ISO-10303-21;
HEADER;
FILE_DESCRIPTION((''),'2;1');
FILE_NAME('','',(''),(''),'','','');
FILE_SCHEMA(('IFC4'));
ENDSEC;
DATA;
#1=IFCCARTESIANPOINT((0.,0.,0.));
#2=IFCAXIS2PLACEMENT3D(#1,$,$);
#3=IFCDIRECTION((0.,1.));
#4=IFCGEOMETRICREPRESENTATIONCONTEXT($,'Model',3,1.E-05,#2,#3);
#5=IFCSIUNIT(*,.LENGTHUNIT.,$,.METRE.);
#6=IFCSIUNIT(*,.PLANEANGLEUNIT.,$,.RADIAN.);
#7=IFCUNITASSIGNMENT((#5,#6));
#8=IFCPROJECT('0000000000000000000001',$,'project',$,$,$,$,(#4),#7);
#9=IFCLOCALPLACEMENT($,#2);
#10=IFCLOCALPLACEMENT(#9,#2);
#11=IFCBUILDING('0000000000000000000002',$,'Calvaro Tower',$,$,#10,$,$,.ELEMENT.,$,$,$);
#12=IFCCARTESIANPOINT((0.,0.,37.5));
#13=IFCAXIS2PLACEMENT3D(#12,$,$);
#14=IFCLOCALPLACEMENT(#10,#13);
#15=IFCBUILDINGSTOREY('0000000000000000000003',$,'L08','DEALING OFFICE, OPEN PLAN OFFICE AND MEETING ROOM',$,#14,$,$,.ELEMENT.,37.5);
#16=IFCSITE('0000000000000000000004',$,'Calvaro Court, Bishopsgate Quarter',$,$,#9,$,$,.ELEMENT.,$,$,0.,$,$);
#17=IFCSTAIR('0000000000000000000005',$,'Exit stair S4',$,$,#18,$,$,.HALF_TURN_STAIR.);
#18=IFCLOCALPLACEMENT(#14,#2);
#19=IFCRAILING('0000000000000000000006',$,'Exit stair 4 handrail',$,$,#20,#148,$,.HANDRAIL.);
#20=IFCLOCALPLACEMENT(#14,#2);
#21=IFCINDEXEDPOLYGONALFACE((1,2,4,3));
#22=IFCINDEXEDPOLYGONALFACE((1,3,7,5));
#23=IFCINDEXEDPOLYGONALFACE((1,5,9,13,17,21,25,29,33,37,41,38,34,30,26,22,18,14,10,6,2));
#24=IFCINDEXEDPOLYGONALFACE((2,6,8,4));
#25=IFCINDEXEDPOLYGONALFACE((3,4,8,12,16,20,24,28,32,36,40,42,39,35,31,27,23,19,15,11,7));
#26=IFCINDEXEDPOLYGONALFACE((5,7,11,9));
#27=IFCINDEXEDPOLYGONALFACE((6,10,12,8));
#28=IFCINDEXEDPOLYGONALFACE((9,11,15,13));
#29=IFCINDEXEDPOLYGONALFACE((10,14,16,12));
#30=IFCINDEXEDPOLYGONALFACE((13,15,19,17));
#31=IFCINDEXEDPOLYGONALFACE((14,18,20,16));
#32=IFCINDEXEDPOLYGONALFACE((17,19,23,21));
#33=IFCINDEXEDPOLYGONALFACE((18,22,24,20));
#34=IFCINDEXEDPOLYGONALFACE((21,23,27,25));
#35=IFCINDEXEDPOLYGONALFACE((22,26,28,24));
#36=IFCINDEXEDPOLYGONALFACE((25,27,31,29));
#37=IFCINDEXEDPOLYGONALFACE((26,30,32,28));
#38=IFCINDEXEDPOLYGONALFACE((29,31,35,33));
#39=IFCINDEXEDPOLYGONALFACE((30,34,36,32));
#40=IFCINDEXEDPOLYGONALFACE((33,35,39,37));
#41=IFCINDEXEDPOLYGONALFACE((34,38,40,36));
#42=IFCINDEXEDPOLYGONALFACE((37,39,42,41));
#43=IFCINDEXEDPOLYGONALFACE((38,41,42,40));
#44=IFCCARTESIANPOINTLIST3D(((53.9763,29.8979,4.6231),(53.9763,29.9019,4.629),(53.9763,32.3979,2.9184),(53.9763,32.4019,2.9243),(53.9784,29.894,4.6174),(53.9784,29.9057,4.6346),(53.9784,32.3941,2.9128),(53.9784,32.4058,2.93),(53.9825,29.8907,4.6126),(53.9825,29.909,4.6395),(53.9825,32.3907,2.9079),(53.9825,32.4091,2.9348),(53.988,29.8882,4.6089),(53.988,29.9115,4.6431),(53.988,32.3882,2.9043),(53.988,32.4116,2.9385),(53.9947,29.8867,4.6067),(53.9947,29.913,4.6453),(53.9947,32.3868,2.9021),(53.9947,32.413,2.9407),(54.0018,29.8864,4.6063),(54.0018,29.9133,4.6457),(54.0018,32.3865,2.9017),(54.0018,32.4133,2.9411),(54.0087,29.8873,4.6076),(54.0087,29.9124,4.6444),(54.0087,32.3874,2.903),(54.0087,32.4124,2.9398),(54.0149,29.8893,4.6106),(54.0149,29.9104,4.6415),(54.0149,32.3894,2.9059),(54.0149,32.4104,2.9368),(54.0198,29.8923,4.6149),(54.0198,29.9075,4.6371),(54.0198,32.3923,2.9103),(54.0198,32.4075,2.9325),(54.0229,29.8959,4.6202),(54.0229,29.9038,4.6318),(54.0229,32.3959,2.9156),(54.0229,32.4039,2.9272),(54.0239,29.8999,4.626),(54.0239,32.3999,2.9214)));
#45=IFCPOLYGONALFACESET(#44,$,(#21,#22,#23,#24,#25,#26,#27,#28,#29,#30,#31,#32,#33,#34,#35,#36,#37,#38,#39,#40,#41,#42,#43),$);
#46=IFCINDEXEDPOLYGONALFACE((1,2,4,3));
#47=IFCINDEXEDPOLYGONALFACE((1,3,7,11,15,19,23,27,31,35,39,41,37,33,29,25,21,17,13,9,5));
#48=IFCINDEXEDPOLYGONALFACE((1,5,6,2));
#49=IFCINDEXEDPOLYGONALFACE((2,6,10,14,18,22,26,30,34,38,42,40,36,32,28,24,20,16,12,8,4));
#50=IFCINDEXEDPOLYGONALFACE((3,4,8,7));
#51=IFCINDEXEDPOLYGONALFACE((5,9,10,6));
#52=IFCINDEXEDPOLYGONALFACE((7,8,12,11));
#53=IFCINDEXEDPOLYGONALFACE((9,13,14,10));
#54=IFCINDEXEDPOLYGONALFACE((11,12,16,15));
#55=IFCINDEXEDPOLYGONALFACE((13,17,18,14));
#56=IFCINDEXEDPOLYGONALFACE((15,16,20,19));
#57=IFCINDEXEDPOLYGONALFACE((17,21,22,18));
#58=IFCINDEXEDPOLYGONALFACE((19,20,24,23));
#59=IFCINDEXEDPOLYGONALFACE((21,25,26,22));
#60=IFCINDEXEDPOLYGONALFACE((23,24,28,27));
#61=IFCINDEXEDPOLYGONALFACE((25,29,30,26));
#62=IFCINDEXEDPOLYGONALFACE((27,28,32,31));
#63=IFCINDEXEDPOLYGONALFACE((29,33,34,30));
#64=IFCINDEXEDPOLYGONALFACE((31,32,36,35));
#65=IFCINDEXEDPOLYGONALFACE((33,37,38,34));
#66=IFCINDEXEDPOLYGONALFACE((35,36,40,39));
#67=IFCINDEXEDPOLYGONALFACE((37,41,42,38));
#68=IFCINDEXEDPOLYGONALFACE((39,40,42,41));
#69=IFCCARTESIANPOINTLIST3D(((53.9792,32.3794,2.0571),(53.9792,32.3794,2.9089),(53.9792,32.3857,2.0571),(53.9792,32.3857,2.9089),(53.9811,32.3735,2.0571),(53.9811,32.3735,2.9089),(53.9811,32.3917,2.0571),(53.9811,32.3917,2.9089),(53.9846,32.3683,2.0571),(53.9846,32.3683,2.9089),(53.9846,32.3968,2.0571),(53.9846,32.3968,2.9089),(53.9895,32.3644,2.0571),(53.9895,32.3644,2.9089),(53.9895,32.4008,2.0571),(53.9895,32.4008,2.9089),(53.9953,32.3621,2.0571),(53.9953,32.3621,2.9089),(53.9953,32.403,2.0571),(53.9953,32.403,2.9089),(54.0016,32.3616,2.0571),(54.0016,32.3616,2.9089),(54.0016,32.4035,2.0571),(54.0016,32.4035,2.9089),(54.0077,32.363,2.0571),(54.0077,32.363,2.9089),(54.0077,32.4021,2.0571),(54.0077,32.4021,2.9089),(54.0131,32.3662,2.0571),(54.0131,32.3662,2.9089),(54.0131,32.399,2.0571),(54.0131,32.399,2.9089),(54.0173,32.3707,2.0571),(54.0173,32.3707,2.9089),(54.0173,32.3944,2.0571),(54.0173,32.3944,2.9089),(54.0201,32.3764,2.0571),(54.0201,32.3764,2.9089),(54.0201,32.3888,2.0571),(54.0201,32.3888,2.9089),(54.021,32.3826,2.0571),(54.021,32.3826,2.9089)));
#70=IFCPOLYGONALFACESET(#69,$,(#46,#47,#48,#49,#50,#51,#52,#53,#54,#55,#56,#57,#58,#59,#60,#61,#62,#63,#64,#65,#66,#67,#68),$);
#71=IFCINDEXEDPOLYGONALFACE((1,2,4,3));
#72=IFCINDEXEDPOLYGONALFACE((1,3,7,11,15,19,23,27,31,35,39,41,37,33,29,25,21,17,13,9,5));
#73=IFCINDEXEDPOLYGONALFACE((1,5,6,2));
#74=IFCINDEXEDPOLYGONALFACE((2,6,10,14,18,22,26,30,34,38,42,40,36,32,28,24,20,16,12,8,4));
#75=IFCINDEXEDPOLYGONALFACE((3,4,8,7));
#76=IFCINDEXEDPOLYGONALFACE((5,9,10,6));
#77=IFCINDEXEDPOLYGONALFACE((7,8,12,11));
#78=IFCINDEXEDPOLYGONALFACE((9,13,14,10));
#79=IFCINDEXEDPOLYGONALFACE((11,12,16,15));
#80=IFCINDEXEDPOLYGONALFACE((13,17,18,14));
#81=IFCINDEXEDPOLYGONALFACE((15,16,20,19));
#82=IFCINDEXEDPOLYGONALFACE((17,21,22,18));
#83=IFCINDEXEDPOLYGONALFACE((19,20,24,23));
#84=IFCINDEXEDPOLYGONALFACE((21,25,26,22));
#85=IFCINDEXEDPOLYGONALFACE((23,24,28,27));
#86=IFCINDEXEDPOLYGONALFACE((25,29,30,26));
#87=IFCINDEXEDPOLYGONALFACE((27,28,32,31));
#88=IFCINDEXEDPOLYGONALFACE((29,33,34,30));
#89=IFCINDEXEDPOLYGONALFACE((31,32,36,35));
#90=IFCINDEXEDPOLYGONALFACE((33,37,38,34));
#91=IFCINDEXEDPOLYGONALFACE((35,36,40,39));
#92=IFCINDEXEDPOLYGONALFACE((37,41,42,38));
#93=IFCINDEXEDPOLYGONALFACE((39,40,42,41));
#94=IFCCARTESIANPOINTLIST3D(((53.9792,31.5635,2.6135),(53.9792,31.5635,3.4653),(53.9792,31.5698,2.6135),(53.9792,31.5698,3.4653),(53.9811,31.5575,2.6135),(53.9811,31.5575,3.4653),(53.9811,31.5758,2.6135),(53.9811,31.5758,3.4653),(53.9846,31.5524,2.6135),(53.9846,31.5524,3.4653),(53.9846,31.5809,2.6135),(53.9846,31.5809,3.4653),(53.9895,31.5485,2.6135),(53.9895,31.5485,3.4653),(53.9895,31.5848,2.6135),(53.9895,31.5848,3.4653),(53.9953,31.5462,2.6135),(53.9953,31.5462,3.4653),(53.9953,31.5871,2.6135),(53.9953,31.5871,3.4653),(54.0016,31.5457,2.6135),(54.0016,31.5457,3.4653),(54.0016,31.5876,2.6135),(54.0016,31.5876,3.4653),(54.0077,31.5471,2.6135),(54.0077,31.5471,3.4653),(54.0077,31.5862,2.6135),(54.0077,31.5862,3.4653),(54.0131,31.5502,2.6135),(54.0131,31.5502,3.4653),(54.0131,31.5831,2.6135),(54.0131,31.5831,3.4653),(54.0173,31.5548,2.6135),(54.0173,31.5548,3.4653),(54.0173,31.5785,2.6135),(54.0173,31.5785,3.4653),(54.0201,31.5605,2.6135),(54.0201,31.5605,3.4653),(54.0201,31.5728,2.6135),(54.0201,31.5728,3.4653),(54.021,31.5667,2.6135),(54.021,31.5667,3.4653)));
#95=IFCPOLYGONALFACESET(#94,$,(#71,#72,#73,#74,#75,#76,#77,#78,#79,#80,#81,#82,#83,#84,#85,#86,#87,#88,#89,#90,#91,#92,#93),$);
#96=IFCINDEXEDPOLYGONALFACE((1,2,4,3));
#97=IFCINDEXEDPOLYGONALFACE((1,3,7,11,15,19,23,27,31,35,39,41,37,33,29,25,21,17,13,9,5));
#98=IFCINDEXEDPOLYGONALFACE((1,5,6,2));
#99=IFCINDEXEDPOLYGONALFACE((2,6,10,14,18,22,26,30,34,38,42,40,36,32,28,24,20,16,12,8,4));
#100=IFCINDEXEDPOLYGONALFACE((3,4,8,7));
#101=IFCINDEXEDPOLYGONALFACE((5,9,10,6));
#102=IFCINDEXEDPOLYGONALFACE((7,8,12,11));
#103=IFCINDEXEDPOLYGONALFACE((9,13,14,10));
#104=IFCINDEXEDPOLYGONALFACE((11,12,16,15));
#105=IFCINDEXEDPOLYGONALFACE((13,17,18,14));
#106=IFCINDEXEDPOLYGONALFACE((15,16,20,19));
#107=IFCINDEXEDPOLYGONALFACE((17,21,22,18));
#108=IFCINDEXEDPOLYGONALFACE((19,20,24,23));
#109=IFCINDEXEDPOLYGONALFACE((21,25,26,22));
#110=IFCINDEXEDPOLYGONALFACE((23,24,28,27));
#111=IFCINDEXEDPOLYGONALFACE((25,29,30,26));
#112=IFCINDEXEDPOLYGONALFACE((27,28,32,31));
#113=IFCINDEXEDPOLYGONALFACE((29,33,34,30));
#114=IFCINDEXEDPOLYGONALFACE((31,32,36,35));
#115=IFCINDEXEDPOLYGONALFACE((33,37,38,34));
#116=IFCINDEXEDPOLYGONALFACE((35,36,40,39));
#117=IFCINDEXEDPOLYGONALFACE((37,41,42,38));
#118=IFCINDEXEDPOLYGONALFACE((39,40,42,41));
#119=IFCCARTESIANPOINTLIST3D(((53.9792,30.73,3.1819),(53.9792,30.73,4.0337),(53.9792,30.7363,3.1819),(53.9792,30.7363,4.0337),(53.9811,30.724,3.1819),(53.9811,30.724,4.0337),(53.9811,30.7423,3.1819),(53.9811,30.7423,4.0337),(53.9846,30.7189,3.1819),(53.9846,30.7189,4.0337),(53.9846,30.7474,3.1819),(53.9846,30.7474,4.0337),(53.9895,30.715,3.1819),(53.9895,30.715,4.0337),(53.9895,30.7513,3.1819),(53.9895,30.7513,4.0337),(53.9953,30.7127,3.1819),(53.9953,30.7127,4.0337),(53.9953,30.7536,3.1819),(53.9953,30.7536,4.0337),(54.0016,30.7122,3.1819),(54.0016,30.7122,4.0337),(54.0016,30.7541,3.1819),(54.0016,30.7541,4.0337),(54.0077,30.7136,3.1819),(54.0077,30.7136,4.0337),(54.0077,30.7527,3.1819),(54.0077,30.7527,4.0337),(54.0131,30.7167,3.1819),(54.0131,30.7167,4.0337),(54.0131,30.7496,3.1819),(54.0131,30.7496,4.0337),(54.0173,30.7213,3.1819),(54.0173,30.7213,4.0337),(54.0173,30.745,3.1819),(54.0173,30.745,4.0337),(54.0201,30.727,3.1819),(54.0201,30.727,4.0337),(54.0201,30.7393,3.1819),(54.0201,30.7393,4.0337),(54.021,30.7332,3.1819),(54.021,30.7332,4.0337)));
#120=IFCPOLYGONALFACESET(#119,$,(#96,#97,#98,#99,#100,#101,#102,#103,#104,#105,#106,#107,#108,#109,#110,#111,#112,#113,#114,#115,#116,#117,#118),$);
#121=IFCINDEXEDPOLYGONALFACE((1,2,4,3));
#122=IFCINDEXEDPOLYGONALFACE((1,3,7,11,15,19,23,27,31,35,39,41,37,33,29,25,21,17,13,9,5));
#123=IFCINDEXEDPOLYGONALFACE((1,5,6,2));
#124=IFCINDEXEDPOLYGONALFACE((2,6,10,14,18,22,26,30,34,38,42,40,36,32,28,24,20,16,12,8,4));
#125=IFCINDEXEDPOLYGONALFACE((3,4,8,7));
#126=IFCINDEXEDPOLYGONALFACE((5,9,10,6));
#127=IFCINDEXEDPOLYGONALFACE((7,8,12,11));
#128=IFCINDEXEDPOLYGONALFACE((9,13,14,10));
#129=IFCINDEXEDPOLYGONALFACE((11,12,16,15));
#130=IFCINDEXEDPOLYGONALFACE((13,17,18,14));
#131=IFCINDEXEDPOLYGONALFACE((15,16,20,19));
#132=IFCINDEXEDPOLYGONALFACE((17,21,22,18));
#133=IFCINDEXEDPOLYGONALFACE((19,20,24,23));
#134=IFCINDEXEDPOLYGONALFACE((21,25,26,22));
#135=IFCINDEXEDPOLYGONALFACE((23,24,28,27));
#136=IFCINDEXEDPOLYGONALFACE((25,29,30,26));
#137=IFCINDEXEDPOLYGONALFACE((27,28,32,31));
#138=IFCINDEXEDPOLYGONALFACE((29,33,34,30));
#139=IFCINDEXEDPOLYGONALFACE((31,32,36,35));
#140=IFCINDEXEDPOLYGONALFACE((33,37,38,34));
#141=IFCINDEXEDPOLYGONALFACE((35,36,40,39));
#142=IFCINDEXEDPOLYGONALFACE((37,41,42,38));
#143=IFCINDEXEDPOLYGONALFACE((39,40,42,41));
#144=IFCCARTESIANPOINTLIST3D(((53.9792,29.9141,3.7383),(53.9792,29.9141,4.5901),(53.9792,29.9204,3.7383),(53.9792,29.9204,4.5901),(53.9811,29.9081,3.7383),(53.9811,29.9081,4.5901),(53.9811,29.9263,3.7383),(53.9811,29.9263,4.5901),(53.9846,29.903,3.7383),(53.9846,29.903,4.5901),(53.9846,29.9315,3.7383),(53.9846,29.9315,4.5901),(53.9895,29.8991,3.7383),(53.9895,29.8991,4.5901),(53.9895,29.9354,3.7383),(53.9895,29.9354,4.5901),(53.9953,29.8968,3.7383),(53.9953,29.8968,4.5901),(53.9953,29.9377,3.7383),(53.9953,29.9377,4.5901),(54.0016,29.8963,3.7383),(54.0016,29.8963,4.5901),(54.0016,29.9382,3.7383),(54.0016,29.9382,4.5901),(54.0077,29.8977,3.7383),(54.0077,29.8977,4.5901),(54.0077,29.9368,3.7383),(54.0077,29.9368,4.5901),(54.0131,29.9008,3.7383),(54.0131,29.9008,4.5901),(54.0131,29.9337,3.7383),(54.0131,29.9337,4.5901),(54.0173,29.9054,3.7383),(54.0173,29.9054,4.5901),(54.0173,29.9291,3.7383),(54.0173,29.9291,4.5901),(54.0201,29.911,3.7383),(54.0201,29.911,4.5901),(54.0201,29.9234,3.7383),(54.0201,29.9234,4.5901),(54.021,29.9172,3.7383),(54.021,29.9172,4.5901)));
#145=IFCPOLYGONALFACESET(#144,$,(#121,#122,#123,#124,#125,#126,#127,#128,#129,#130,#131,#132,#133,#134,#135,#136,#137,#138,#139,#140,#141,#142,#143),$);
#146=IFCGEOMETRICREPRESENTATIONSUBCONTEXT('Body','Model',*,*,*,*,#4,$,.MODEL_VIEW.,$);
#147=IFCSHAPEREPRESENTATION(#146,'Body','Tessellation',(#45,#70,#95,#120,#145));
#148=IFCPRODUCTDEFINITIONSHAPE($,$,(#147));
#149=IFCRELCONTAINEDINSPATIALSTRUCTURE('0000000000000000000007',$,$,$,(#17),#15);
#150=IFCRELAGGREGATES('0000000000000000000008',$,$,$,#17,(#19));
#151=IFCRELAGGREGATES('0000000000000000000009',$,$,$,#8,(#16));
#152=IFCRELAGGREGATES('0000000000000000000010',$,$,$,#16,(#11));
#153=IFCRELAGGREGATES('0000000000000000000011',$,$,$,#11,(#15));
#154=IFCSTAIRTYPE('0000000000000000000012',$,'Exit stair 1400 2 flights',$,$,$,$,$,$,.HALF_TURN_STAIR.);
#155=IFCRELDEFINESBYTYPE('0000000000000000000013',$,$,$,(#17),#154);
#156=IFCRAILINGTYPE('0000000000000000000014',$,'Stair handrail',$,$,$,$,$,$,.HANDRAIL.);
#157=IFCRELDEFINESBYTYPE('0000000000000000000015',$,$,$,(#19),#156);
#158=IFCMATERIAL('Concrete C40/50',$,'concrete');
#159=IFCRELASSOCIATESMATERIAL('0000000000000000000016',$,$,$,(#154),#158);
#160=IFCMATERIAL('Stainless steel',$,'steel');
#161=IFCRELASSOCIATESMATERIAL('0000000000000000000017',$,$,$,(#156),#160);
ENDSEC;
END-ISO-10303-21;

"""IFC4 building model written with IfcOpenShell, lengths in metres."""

from ifc_helpers import new_model, si_unit, direction, frame, origin, origin_2d, place, context, subcontext, project, spatial, circle, extrude, material, type_object, element, aggregate, save


model = new_model("IFC4")

# Units and contexts
model_context = context("Model", 3, precision=1e-05, world=origin(), true_north=direction((0.0, 1.0)))
body_context = subcontext(model_context, "Body", "Model", "MODEL_VIEW")
ifc_project = project(units=[si_unit("LENGTHUNIT", "METRE"), si_unit("PLANEANGLEUNIT", "RADIAN")], contexts=[model_context])

# Site, building, storey
site_placement = place(None, origin())
site = spatial("IfcSite", under=ifc_project, at=site_placement, Name="Calvaro Court, Bishopsgate Quarter", CompositionType="ELEMENT", RefElevation=0.0)
building_placement = place(site_placement, origin())
building = spatial("IfcBuilding", under=site, at=building_placement, Name="Calvaro Tower", CompositionType="ELEMENT")
storey_placement = place(building_placement, frame((0.0, 0.0, 37.5)))
storey = spatial("IfcBuildingStorey", under=building, at=storey_placement, Name="L08", Description="DEALING OFFICE, OPEN PLAN OFFICE AND MEETING ROOM", CompositionType="ELEMENT", Elevation=37.5)

# Shared definitions
ifc_material_1 = material(Name="Concrete C40/50", Category="concrete")
stair_type = type_object("IfcStairType", Name="Exit stair 1400 2 flights", PredefinedType="HALF_TURN_STAIR", material=ifc_material_1)

# Stair, railing
stair_1_placement = place(storey_placement, origin())
stair_1 = element("IfcStair", 1, at=stair_1_placement, inside=storey, type_object=stair_type, Name="Exit stair S4", PredefinedType="HALF_TURN_STAIR")
ifc_material_2 = material(Name="Stainless steel", Category="steel")
railing_type = type_object("IfcRailingType", Name="Stair handrail", PredefinedType="HANDRAIL", material=ifc_material_2)
railing_1_placement = place(storey_placement, frame((54.0, 32.3999, 2.0454)))
railing_1 = element("IfcRailing", 2, at=railing_1_placement, type_object=railing_type, Name="Exit stair 4 handrail", PredefinedType="HANDRAIL", context=body_context, shape_type="SweptSolid", body=[
    extrude(circle(Radius=0.0239, at=origin_2d()), frame((0.0, 0.0, 0.876), z_axis=(0.0, -0.826221, 0.563347), x_axis=(1.0, 0.0, 0.0)), (0.0, 0.0, 1.0), 3.0259),
    extrude(circle(Radius=0.021, at=origin_2d()), frame((0.0, -0.0173, 0.0117)), (0.0, 0.0, 1.0), 0.8518),
    extrude(circle(Radius=0.021, at=origin_2d()), frame((0.0, -0.8333, 0.5681)), (0.0, 0.0, 1.0), 0.8518),
    extrude(circle(Radius=0.021, at=origin_2d()), frame((0.0, -1.6667, 1.1365)), (0.0, 0.0, 1.0), 0.8518),
    extrude(circle(Radius=0.021, at=origin_2d()), frame((0.0, -2.4827, 1.6929)), (0.0, 0.0, 1.0), 0.8518),
])
aggregate(stair_1, [railing_1])

save(model, "model.ifc")
